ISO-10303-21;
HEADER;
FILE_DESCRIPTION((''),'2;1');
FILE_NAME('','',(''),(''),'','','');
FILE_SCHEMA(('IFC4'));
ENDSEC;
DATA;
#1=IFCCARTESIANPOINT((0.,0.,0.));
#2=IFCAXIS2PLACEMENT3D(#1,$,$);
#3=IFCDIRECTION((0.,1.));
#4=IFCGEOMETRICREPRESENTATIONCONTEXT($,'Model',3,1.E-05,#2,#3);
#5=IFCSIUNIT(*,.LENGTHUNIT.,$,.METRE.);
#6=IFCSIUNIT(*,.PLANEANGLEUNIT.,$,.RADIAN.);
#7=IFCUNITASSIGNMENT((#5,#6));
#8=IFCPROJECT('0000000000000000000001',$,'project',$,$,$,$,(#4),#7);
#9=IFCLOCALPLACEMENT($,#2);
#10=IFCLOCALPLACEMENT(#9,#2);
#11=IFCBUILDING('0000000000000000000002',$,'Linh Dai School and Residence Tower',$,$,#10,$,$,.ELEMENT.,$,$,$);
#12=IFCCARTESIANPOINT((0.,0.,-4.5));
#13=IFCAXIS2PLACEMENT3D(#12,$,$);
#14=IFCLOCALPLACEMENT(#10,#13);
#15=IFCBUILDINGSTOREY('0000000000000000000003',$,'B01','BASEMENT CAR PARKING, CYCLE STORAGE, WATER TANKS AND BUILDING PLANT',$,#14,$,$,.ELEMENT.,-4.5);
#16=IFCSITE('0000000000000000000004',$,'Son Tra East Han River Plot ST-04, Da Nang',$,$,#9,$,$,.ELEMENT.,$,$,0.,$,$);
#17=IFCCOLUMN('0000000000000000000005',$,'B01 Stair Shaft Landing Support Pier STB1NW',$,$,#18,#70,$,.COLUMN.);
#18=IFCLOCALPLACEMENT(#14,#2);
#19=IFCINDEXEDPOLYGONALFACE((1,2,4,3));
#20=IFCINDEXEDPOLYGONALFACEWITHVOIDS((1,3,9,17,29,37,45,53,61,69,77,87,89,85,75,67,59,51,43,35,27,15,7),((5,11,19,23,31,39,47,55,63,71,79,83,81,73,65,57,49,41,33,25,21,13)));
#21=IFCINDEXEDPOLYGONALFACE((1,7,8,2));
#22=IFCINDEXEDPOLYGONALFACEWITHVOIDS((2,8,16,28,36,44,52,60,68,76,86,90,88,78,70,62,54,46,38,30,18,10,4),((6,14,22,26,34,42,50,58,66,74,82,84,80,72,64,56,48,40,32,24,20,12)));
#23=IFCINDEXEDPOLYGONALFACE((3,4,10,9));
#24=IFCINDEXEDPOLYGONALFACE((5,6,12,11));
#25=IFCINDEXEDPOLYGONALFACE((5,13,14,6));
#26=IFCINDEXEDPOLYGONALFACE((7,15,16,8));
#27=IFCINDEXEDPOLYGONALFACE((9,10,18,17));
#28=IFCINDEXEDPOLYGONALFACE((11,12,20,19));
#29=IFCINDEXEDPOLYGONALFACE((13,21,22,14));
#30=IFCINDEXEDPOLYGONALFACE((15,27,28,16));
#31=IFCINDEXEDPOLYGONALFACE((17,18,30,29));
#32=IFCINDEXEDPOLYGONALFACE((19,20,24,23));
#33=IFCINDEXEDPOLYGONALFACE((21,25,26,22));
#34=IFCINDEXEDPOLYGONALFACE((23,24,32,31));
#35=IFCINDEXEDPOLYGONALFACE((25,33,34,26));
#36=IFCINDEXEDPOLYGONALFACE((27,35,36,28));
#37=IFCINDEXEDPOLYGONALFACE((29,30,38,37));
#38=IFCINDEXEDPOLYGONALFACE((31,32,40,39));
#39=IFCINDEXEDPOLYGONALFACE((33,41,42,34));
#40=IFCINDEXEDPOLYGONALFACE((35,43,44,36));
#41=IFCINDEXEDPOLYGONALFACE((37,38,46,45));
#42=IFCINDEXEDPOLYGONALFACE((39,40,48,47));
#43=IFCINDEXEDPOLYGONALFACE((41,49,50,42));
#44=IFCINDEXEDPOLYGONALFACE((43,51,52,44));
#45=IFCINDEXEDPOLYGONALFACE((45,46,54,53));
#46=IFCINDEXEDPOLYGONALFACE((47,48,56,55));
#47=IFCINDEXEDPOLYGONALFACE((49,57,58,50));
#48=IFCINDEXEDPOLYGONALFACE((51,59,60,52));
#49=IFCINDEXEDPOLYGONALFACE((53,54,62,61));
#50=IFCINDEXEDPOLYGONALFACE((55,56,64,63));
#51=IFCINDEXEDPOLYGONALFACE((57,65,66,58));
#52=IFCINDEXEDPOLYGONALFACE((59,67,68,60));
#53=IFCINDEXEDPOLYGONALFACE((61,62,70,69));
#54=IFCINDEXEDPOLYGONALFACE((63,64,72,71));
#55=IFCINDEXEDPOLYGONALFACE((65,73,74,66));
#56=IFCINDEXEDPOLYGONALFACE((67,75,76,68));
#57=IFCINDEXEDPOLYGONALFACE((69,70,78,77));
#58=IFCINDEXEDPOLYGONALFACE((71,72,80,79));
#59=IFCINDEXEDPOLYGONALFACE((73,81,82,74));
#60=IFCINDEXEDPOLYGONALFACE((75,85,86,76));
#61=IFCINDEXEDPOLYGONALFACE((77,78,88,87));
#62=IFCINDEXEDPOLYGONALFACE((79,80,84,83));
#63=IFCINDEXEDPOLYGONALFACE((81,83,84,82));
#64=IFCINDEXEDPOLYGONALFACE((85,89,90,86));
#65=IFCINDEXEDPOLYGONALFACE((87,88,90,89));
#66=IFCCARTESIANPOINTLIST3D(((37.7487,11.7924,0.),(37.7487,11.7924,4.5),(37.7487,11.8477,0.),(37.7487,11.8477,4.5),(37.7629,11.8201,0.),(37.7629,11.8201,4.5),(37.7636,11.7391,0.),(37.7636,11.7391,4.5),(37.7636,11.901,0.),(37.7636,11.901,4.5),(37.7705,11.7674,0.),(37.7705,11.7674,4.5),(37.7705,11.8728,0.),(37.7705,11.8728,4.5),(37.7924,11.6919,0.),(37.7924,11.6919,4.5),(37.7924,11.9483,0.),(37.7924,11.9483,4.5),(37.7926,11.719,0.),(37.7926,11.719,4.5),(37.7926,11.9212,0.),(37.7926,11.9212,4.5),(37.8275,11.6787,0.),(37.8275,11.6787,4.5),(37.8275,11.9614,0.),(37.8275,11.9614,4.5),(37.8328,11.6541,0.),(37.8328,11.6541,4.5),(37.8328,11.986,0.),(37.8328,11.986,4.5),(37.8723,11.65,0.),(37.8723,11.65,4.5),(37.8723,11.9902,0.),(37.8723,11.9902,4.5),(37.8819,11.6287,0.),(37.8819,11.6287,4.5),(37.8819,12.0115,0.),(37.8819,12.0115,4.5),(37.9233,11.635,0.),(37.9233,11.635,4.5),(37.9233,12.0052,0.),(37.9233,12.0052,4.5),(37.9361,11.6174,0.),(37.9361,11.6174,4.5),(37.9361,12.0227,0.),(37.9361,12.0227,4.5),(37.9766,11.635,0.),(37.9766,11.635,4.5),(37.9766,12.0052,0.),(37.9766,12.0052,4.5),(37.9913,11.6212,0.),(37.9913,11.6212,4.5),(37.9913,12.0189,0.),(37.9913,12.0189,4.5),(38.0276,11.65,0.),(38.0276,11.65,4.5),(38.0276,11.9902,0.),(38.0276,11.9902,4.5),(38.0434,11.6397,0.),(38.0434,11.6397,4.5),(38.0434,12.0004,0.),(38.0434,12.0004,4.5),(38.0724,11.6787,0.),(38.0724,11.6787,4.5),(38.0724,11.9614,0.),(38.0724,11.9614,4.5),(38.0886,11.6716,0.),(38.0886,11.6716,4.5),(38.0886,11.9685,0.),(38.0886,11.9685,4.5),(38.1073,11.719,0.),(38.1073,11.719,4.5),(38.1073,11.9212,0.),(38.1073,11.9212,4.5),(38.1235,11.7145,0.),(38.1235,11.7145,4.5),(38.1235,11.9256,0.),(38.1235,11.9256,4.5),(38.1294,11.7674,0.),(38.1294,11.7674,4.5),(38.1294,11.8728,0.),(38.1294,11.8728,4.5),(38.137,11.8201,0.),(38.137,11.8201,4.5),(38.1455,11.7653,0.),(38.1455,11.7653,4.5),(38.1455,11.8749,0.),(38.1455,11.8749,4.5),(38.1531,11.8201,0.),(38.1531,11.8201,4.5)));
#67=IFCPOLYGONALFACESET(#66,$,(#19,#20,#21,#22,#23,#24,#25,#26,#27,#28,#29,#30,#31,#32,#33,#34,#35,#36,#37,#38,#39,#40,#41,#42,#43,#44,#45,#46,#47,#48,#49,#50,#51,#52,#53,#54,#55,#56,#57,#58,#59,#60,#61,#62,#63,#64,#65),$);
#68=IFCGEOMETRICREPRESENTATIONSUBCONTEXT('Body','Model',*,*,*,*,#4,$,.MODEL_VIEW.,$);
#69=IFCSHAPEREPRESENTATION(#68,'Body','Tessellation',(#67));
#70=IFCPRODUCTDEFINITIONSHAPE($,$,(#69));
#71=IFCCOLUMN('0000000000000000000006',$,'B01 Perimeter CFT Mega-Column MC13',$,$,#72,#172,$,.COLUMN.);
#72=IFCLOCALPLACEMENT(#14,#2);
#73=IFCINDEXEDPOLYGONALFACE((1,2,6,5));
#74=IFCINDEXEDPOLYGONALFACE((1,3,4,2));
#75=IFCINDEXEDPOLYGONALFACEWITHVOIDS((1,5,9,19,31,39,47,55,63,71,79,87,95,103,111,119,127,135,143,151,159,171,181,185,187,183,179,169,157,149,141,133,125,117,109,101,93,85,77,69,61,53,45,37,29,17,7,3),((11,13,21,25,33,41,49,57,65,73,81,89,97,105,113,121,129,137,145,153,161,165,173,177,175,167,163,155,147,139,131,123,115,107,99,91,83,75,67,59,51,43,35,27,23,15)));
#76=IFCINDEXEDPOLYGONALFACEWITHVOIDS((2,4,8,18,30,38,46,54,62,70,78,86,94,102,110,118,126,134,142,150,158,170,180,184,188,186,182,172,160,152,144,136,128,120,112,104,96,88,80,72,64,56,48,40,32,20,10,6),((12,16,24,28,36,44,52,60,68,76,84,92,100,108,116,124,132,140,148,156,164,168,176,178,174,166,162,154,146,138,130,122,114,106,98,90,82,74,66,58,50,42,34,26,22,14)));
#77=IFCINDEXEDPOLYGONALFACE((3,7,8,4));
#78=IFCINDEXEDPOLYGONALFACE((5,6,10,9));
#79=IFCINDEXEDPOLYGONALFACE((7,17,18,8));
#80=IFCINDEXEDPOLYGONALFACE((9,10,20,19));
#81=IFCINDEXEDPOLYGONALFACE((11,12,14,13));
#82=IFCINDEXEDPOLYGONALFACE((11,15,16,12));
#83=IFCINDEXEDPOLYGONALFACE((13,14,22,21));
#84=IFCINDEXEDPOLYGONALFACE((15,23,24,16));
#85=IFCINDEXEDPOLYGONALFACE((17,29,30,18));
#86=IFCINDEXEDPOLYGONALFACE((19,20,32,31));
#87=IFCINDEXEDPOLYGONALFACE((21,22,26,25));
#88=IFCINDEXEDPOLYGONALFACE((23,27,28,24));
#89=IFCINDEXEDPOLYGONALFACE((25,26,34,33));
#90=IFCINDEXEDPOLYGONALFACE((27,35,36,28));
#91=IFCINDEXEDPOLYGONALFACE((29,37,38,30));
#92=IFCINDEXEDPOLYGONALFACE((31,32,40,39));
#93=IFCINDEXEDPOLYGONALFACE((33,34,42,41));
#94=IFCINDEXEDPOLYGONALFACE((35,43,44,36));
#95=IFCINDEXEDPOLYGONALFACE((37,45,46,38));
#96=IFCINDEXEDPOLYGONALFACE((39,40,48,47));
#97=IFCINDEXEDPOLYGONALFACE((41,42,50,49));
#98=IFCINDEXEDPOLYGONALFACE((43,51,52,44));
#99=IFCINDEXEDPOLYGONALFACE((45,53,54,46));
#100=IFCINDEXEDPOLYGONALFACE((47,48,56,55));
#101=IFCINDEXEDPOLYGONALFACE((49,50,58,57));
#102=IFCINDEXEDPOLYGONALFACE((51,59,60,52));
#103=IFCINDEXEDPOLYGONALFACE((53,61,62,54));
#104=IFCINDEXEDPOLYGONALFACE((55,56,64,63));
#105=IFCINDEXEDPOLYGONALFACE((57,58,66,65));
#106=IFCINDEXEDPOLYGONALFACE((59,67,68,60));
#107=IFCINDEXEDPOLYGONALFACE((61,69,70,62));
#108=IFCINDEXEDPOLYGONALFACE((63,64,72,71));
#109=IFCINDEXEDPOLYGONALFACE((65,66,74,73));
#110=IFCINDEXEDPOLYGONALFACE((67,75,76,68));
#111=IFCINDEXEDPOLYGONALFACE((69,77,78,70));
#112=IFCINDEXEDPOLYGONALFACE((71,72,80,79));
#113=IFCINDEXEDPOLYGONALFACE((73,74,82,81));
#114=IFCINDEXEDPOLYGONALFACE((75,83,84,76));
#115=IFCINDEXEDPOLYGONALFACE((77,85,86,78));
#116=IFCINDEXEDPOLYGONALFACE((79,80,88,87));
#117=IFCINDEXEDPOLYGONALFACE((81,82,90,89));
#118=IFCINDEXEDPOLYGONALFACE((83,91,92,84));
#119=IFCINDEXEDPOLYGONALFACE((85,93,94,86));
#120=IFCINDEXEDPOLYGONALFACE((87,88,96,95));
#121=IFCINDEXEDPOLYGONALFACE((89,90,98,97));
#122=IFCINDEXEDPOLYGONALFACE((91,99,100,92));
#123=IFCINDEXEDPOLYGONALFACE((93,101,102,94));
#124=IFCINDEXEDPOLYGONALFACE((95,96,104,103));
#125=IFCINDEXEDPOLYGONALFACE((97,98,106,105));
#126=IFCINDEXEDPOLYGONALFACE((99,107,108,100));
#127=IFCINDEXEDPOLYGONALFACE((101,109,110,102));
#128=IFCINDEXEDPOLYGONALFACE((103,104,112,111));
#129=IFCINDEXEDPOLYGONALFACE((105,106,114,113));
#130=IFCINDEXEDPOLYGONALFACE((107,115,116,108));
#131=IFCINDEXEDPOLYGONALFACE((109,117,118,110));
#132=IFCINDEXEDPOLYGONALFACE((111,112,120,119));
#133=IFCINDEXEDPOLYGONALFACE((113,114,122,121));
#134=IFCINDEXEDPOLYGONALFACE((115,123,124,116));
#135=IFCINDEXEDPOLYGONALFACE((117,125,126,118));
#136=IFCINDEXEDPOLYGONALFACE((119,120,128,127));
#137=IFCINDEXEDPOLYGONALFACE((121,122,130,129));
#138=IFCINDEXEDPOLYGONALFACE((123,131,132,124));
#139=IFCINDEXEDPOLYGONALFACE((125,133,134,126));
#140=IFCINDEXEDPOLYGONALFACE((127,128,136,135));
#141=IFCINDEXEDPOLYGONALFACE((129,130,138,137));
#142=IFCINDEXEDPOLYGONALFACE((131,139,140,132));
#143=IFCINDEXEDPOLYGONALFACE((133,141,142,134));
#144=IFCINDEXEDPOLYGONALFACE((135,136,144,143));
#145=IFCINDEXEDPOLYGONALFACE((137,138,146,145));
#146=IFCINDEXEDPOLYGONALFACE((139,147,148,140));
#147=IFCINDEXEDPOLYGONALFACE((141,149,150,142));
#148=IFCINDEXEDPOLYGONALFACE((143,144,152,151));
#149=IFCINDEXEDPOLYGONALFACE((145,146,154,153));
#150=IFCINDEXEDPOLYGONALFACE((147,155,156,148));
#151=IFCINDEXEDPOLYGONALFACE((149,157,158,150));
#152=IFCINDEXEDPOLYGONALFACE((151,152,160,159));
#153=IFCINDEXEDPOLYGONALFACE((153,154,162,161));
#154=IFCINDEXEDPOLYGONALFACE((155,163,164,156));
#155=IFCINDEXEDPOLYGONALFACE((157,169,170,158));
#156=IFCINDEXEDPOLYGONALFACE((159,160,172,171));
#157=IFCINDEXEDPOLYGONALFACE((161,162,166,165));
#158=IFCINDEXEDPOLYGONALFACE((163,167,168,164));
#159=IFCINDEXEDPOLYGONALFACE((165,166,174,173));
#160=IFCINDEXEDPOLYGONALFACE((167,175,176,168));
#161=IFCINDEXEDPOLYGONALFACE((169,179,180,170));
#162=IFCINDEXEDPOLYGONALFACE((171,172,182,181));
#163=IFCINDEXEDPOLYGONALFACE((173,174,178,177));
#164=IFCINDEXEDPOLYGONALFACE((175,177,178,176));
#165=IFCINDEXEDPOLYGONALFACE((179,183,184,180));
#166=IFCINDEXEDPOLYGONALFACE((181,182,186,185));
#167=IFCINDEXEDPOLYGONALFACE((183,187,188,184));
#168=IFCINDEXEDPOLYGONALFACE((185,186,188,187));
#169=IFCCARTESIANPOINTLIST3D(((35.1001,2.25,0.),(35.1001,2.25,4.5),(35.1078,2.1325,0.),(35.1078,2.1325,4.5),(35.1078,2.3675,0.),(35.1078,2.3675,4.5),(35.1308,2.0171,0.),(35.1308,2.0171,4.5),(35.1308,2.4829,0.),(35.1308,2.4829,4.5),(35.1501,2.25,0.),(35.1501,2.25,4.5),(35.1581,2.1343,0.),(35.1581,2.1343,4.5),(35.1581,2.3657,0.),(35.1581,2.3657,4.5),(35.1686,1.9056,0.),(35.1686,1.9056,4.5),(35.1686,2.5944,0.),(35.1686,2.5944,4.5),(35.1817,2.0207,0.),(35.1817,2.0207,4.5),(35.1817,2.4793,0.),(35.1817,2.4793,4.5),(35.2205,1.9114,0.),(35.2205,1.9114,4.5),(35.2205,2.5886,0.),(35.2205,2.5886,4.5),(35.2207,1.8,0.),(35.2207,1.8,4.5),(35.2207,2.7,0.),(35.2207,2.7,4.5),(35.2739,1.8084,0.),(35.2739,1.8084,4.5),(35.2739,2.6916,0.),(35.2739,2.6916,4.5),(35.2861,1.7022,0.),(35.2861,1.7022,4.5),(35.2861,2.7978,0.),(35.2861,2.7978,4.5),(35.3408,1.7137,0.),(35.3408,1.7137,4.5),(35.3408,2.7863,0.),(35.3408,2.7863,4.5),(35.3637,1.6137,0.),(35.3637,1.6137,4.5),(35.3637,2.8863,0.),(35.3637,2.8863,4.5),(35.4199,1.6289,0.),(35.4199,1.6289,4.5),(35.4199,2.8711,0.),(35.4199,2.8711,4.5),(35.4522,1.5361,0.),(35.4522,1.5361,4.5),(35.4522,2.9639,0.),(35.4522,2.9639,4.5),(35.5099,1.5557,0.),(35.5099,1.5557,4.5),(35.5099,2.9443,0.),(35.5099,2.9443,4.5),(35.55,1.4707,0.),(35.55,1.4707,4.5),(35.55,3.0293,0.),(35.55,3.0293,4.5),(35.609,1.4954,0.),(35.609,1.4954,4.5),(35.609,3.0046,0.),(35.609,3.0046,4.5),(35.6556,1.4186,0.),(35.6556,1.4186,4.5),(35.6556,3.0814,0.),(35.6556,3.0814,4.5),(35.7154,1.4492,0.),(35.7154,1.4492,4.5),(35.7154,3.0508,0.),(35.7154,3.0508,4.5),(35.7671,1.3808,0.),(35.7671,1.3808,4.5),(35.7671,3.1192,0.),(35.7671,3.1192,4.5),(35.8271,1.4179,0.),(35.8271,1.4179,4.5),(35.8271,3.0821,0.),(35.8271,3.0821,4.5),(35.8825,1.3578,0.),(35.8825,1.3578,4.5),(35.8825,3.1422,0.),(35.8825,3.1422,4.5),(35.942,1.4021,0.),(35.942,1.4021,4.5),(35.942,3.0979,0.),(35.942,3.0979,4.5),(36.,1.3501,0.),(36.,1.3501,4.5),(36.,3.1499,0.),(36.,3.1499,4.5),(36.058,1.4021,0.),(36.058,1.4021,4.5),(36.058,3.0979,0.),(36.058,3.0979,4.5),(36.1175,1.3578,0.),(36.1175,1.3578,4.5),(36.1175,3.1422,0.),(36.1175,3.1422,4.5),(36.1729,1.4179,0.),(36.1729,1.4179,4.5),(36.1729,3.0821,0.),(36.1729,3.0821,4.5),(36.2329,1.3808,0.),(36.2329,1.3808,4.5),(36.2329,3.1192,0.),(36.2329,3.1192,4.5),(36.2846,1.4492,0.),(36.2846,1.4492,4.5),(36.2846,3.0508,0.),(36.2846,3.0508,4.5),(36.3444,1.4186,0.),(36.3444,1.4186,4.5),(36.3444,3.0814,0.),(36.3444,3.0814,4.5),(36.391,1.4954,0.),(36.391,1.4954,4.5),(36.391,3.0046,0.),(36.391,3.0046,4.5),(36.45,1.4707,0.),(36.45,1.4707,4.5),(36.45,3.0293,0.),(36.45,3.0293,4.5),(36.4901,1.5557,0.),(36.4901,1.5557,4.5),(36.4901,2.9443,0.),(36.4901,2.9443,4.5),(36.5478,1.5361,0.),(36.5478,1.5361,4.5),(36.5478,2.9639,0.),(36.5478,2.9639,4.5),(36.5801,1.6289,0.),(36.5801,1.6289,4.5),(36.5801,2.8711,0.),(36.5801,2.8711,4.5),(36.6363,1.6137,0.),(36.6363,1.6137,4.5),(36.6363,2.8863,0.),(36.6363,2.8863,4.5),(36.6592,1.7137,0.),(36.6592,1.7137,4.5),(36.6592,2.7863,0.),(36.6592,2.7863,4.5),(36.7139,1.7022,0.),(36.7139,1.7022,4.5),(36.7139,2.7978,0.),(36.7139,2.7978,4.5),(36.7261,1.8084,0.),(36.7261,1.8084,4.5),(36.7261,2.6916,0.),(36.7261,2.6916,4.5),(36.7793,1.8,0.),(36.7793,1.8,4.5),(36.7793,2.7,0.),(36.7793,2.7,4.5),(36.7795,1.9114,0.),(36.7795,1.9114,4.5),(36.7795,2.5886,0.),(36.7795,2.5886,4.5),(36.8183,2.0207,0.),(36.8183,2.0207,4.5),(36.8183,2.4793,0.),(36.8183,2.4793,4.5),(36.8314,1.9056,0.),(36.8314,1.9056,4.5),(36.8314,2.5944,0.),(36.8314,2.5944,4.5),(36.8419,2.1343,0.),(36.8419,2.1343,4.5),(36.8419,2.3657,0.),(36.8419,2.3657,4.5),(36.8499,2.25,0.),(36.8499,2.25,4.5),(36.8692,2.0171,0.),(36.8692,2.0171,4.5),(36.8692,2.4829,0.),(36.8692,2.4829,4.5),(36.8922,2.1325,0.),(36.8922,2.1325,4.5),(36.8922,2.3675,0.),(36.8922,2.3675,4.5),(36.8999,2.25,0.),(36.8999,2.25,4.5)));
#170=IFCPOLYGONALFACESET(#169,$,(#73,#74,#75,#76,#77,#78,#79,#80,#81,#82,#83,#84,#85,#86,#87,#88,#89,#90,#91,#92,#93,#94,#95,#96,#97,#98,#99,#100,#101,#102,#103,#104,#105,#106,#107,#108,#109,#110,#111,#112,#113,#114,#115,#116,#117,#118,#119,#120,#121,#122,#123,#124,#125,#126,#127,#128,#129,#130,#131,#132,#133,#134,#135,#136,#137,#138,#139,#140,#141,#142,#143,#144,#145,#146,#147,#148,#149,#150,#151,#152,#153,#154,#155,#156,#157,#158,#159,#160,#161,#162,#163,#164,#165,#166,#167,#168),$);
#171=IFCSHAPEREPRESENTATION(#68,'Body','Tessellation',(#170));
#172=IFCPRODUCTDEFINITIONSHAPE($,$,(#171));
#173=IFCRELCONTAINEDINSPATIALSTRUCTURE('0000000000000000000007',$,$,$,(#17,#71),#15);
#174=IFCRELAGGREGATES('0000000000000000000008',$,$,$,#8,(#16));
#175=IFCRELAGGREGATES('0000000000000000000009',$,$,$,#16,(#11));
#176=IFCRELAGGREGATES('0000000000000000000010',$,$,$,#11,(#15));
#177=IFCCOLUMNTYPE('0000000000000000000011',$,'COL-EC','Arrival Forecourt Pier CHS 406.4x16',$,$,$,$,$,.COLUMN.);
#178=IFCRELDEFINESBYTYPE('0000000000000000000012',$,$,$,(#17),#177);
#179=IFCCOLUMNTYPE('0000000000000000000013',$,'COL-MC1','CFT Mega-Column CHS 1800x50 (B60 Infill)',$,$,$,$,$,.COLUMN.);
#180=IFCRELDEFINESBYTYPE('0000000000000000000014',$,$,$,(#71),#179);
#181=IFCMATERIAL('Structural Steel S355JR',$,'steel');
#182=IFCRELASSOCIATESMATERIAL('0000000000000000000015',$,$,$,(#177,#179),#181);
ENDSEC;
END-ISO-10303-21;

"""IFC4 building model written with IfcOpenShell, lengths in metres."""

from ifc_helpers import new_model, si_unit, direction, frame, origin, origin_2d, place, context, subcontext, project, spatial, hollow_circle, extrude, material, material_profile, profile_set, type_object, element, save


model = new_model("IFC4")

# Units and contexts
model_context = context("Model", 3, precision=1e-05, world=origin(), true_north=direction((0.0, 1.0)))
body_context = subcontext(model_context, "Body", "Model", "MODEL_VIEW")
ifc_project = project(units=[si_unit("LENGTHUNIT", "METRE"), si_unit("PLANEANGLEUNIT", "RADIAN")], contexts=[model_context])

# Site, building, storey
site_placement = place(None, origin())
site = spatial("IfcSite", under=ifc_project, at=site_placement, Name="Son Tra East Han River Plot ST-04, Da Nang", CompositionType="ELEMENT", RefElevation=0.0)
building_placement = place(site_placement, origin())
building = spatial("IfcBuilding", under=site, at=building_placement, Name="Linh Dai School and Residence Tower", CompositionType="ELEMENT")
storey_placement = place(building_placement, frame((0.0, 0.0, -4.5)))
storey = spatial("IfcBuildingStorey", under=building, at=storey_placement, Name="B01", Description="BASEMENT CAR PARKING, CYCLE STORAGE, WATER TANKS AND BUILDING PLANT", CompositionType="ELEMENT", Elevation=-4.5)

# Columns
ifc_material_1 = material(Name="Structural Steel S355JR", Category="steel")
ifc_material_profile_1 = material_profile(ifc_material_1, hollow_circle(Radius=0.2031, WallThickness=0.0161, at=origin_2d()), Name="CHS 406.4x16")
ifc_profile_set_1 = profile_set([ifc_material_profile_1], Name="Structural Steel S355JR")
column_type_1 = type_object("IfcColumnType", Name="COL-EC", Description="Arrival Forecourt Pier CHS 406.4x16", PredefinedType="COLUMN", material=ifc_profile_set_1)
for number, where, z_axis, x_axis, name in (
    (1, (37.95, 11.8201, 0.0), (0.0, 0.0, 1.0), (1.0, 0.0, 0.0), "B01 Stair Shaft Landing Support Pier STB1NW"),
):
    element("IfcColumn", number, at=place(storey_placement, frame(where, z_axis=z_axis, x_axis=x_axis)), inside=storey, type_object=column_type_1, Name=name, PredefinedType="COLUMN", context=body_context, shape_type="SweptSolid", body=[
        extrude(hollow_circle(Radius=0.2031, WallThickness=0.0161, at=origin_2d()), origin(), (0.0, 0.0, 1.0), 4.5),
    ])
ifc_material_profile_2 = material_profile(ifc_material_1, hollow_circle(Radius=0.8999, WallThickness=0.05, at=origin_2d()), Name="CHS 1800x50")
ifc_profile_set_2 = profile_set([ifc_material_profile_2], Name="Structural Steel S355JR")
column_type_2 = type_object("IfcColumnType", Name="COL-MC1", Description="CFT Mega-Column CHS 1800x50 (B60 Infill)", PredefinedType="COLUMN", material=ifc_profile_set_2)
column_1_placement = place(storey_placement, frame((36.0, 2.25, 0.0), z_axis=(0.0, 0.0, 1.0), x_axis=(1.0, 0.0, 0.0)))
element("IfcColumn", 2, at=column_1_placement, inside=storey, type_object=column_type_2, Name="B01 Perimeter CFT Mega-Column MC13", PredefinedType="COLUMN", context=body_context, shape_type="SweptSolid", body=[
    extrude(hollow_circle(Radius=0.8999, WallThickness=0.05, at=origin_2d()), origin(), (0.0, 0.0, 1.0), 4.5),
])

save(model, "model.ifc")
